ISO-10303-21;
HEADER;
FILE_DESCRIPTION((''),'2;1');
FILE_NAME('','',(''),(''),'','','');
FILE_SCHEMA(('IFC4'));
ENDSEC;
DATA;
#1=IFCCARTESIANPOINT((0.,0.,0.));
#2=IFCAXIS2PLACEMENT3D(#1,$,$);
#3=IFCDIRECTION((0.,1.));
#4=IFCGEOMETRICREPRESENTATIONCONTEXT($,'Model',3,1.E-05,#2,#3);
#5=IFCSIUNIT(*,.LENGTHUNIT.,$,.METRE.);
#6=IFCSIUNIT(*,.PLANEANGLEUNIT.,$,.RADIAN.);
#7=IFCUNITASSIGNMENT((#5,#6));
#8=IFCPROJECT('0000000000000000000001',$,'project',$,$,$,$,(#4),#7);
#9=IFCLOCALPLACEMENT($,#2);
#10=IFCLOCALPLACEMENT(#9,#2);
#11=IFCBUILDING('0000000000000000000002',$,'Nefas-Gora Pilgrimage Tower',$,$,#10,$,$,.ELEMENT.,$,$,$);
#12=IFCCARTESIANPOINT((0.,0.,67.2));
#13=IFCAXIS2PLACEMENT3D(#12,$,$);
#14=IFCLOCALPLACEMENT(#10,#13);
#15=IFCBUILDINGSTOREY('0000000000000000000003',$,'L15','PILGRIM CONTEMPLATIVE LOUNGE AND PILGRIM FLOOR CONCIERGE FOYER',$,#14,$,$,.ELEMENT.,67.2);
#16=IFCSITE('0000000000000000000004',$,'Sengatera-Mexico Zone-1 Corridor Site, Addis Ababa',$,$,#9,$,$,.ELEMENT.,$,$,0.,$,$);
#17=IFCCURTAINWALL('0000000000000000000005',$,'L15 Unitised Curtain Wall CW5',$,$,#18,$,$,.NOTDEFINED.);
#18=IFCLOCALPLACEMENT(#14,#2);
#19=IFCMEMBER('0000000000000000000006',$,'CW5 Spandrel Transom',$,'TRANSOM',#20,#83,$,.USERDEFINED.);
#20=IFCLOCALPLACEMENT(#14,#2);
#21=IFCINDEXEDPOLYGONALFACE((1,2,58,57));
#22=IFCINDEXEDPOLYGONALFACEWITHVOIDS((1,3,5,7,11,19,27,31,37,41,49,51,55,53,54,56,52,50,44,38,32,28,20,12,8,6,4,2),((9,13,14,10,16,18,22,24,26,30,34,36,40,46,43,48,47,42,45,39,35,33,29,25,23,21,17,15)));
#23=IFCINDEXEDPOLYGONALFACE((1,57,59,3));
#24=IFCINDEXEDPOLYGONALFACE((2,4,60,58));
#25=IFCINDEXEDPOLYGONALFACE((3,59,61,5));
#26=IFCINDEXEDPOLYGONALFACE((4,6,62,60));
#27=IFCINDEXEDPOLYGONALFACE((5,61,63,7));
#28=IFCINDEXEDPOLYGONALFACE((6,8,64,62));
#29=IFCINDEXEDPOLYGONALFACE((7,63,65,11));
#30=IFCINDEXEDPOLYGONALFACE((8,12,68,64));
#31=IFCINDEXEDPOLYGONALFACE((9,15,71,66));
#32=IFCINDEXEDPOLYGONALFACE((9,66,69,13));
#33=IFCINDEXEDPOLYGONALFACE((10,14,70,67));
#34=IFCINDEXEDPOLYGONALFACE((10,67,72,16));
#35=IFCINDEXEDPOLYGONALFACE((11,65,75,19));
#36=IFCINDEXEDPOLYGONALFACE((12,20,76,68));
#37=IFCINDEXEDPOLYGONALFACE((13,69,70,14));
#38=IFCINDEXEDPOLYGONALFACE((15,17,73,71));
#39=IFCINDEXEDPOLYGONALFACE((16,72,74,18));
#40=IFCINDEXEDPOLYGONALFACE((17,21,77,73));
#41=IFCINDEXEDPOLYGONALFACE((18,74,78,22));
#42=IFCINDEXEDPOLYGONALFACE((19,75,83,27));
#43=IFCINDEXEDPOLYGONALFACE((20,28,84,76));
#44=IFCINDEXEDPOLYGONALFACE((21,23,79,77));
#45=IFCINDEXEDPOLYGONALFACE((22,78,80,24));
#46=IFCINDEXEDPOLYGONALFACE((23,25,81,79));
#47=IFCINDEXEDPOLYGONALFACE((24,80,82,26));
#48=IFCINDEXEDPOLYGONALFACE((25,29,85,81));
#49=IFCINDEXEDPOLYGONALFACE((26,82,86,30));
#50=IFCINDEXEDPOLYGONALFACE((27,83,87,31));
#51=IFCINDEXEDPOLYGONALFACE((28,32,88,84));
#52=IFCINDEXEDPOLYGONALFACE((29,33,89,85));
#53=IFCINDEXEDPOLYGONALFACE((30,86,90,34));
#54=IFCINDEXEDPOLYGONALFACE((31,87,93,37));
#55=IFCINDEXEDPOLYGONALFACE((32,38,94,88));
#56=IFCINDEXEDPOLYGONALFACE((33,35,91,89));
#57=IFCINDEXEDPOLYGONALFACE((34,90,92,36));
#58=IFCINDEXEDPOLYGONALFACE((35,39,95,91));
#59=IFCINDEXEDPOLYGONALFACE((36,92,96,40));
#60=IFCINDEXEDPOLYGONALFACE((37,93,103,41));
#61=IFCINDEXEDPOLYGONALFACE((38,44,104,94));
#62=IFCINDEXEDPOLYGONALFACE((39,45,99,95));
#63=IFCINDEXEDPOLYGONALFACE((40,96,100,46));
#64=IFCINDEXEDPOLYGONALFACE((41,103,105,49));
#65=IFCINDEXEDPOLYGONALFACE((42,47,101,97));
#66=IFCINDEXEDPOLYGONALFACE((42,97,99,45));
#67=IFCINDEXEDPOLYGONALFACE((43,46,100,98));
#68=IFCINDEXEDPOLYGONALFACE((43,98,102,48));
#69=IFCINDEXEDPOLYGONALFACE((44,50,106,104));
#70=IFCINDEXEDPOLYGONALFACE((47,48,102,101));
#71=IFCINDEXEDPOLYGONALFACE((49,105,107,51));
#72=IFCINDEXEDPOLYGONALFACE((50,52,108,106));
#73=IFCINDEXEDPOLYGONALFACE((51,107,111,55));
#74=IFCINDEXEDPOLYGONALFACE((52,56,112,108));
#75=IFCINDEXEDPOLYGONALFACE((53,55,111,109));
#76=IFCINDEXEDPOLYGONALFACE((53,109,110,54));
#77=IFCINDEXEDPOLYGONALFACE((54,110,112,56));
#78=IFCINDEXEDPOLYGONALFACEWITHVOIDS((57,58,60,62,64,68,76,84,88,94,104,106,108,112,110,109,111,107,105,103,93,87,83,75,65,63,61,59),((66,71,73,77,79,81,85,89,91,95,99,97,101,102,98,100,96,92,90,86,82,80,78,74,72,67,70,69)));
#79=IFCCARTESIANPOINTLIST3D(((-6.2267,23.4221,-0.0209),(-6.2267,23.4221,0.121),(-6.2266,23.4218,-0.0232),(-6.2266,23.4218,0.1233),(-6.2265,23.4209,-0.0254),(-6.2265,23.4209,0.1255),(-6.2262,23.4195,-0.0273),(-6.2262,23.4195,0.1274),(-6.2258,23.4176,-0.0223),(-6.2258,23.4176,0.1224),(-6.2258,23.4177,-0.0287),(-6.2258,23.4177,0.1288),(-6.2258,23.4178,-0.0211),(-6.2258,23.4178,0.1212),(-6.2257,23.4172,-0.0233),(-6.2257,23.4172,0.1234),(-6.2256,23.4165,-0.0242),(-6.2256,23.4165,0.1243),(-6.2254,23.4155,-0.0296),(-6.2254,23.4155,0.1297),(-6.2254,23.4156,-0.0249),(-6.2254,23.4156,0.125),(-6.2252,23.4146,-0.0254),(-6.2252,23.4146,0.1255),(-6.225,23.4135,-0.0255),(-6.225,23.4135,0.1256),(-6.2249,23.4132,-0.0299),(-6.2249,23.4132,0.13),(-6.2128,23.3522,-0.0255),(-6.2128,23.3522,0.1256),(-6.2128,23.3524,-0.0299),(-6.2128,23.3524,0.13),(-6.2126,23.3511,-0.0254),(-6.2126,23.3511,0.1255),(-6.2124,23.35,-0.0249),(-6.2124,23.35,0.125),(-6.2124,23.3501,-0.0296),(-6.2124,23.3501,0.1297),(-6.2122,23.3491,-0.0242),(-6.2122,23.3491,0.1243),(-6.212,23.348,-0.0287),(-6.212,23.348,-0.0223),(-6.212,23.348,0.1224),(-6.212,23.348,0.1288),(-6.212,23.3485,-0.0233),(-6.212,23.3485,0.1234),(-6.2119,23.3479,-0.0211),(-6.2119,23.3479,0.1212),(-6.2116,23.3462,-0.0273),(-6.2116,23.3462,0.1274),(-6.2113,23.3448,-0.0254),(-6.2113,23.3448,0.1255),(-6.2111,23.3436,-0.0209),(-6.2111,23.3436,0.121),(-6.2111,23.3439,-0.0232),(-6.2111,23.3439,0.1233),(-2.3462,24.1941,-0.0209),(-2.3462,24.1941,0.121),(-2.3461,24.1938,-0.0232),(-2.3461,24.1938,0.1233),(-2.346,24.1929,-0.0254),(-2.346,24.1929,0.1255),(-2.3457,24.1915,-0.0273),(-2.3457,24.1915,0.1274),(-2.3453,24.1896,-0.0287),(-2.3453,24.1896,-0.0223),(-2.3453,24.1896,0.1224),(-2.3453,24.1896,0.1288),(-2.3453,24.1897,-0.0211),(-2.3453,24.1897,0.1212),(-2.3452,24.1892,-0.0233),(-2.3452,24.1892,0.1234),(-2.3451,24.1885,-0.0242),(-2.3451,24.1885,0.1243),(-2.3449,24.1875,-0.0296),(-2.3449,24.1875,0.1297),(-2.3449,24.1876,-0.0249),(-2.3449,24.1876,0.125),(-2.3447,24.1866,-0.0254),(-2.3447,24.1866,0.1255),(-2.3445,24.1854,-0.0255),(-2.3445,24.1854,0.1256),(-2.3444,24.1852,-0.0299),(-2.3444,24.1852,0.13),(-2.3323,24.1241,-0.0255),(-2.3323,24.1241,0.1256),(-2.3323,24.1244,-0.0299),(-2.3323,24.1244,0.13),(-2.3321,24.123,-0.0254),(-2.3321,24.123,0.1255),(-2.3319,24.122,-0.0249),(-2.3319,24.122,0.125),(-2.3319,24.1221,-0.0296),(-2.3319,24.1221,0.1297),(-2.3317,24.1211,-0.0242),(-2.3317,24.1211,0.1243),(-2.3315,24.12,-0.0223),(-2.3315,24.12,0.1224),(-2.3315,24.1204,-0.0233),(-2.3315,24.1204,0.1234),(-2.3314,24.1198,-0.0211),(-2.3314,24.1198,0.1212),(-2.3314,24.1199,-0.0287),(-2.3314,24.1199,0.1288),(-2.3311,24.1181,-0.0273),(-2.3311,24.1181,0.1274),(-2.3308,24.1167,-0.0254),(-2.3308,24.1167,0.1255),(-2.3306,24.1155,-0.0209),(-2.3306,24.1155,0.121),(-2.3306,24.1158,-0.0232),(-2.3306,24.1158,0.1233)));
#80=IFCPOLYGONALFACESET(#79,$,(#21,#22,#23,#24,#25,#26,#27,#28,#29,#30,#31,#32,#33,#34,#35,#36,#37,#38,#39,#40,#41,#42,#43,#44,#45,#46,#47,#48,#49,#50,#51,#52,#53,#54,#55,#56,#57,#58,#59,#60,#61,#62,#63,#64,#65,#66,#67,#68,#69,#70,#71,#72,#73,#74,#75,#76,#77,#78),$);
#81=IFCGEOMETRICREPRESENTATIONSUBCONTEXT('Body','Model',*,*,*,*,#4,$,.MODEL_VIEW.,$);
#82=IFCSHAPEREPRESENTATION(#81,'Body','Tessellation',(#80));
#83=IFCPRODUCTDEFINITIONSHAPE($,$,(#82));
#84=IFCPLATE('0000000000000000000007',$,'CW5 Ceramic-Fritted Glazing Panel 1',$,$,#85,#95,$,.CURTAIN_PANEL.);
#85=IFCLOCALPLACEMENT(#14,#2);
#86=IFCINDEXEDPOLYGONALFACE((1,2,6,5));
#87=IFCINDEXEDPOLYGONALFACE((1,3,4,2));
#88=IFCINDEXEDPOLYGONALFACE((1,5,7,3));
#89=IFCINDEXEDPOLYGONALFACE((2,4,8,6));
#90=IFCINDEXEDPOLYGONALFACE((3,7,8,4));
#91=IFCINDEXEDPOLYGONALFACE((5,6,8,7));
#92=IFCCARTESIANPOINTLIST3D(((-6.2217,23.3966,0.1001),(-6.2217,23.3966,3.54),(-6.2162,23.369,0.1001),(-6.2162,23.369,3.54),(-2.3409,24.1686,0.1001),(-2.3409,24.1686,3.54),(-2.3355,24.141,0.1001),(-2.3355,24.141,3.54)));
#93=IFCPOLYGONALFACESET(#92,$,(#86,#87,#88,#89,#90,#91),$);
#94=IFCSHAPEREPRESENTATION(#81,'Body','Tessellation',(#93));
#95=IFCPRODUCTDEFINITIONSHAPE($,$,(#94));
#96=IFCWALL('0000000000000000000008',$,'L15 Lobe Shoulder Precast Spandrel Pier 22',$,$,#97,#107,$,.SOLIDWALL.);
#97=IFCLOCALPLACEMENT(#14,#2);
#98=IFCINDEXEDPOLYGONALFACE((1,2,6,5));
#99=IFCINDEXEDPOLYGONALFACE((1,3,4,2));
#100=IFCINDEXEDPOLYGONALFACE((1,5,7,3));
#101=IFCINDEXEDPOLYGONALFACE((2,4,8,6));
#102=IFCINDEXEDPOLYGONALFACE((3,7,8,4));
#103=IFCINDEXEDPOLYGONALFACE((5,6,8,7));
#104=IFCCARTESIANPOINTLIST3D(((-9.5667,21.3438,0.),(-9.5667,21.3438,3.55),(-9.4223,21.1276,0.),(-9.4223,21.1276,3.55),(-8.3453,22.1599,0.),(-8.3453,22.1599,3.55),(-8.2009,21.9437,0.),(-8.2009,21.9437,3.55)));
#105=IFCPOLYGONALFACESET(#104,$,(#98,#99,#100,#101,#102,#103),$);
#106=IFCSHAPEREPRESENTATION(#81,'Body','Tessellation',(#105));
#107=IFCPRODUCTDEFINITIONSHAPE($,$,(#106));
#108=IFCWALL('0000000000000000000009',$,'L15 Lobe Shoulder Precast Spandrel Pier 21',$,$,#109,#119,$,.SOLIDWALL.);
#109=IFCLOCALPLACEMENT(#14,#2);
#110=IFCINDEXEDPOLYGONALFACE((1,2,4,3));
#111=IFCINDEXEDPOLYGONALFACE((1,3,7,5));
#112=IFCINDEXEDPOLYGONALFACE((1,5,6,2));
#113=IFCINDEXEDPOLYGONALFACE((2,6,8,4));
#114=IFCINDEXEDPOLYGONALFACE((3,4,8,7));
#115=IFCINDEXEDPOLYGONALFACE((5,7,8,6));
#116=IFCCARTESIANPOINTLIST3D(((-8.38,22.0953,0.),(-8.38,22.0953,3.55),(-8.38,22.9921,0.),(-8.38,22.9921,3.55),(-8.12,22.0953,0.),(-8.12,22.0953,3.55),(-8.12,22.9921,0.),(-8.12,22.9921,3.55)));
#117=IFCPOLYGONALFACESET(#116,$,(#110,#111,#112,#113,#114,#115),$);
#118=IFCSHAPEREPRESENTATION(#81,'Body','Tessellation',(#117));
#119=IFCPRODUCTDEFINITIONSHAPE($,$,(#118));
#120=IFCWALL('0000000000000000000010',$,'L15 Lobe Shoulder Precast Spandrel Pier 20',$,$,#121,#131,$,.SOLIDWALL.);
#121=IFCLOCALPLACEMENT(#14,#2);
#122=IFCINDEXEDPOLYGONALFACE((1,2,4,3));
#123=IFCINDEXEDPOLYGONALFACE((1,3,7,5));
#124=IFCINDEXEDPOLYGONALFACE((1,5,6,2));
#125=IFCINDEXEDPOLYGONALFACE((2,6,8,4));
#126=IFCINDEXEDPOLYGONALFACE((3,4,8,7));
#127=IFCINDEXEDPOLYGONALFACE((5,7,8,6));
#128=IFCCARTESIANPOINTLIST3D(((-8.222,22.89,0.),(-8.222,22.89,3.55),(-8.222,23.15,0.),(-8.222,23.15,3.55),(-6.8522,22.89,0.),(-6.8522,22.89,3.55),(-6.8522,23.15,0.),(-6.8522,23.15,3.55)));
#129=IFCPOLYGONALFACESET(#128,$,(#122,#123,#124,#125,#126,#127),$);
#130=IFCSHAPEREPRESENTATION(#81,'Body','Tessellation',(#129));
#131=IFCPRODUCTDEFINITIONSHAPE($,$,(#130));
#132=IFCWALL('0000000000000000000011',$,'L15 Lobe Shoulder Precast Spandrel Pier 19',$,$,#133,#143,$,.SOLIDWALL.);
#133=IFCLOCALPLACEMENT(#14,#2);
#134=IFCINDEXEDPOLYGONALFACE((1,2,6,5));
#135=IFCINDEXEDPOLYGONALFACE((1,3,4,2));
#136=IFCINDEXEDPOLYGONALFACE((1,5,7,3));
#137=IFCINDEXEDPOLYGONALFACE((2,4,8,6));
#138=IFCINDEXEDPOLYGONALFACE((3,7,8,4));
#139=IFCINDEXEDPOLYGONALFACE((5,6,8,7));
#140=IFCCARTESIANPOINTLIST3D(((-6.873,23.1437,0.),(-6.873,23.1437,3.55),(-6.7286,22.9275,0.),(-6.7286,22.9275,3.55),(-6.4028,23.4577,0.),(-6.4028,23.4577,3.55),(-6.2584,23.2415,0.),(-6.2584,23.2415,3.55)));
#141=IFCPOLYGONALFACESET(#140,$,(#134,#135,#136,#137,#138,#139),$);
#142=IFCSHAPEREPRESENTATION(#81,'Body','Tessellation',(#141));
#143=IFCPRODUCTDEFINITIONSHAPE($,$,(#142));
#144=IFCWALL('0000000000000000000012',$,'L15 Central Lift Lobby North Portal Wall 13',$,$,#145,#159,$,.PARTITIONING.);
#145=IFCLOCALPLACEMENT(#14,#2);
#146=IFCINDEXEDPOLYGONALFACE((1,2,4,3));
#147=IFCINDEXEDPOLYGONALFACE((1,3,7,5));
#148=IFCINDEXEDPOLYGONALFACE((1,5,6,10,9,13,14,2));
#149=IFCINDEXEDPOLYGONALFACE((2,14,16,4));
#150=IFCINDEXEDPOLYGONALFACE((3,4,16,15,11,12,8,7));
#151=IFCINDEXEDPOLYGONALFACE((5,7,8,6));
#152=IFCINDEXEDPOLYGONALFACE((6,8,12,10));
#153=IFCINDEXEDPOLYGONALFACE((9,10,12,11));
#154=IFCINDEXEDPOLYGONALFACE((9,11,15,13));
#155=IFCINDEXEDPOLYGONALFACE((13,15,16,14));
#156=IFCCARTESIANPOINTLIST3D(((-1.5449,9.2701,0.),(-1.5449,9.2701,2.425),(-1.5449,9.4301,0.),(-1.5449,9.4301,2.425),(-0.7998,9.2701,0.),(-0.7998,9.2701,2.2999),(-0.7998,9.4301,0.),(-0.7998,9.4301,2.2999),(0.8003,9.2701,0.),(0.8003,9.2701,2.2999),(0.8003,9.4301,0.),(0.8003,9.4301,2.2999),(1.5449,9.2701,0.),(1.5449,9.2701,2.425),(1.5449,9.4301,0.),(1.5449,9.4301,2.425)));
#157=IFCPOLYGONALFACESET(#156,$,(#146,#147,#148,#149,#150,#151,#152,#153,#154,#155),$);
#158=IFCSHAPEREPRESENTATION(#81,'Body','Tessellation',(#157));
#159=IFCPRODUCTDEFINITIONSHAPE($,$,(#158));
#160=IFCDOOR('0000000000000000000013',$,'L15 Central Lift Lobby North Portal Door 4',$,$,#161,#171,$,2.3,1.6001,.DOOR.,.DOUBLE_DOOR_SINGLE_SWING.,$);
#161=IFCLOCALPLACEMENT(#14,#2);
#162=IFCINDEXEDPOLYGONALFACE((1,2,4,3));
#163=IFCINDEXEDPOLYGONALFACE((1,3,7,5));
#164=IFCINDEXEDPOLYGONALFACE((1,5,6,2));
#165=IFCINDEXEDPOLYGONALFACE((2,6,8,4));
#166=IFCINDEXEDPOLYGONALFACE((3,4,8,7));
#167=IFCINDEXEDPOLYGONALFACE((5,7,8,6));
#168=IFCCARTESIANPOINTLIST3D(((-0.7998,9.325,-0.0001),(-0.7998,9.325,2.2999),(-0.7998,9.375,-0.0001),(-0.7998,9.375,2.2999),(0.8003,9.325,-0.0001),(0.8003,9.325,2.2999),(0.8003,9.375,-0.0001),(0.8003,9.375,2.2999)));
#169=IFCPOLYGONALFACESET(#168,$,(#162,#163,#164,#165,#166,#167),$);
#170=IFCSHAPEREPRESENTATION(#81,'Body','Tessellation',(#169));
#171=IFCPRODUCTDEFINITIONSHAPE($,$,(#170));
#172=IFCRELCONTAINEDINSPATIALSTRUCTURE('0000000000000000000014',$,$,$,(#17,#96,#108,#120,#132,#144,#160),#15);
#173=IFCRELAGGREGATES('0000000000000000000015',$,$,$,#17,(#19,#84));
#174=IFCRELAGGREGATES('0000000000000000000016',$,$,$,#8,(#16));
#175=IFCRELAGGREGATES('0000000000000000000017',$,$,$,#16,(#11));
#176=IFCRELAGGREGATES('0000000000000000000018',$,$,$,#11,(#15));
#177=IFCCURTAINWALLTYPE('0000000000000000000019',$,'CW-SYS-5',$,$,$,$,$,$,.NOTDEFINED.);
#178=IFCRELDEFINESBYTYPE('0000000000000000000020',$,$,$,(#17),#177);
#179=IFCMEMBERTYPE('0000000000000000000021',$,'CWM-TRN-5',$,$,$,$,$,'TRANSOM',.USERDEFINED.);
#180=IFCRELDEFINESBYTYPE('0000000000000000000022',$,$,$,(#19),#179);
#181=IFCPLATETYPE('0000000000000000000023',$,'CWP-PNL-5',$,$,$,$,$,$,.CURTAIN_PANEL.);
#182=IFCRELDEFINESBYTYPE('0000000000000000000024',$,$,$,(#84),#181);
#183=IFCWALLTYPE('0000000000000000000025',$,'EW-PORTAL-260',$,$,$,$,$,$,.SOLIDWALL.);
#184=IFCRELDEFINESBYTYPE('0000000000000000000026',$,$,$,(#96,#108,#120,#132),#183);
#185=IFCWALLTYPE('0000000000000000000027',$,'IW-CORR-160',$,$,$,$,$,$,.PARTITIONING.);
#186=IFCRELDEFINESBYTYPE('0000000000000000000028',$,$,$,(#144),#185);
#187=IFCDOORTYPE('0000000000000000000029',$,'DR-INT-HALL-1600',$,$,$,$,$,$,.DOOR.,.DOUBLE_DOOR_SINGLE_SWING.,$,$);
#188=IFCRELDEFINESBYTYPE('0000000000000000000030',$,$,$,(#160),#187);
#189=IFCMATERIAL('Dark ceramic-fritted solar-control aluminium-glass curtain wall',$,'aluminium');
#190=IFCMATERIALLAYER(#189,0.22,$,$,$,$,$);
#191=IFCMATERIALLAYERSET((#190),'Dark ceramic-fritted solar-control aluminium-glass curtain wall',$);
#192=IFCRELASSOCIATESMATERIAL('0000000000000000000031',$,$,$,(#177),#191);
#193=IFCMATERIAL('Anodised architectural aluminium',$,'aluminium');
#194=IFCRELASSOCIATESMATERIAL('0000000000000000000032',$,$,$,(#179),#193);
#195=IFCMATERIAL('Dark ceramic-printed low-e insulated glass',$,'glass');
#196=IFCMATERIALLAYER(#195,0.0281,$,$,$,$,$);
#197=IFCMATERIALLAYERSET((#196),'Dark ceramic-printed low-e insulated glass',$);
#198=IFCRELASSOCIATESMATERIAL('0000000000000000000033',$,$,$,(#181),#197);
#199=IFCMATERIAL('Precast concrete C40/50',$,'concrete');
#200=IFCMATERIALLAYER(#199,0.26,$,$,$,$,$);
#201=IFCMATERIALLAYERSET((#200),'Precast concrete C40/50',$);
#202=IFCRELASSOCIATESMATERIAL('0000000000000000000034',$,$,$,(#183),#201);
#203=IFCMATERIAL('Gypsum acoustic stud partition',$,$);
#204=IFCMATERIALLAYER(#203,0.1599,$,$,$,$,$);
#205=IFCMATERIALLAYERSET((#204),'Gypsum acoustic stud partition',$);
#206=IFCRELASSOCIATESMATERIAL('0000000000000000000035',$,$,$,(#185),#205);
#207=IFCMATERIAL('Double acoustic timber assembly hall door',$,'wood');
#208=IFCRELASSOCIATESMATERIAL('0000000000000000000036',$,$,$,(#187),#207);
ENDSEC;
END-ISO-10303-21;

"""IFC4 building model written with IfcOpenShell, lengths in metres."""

from ifc_helpers import new_model, si_unit, direction, frame, frame_2d, origin, origin_2d, place, context, subcontext, project, spatial, rectangle, hollow_rectangle, extrude, source, transform, mapped, material, layer, layer_set, material_profile, profile_set, type_object, element, fill, aggregate, save


model = new_model("IFC4")

# Units and contexts
model_context = context("Model", 3, precision=1e-05, world=origin(), true_north=direction((0.0, 1.0)))
body_context = subcontext(model_context, "Body", "Model", "MODEL_VIEW")
ifc_project = project(units=[si_unit("LENGTHUNIT", "METRE"), si_unit("PLANEANGLEUNIT", "RADIAN")], contexts=[model_context])

# Site, building, storey
site_placement = place(None, origin())
site = spatial("IfcSite", under=ifc_project, at=site_placement, Name="Sengatera-Mexico Zone-1 Corridor Site, Addis Ababa", CompositionType="ELEMENT", RefElevation=0.0)
building_placement = place(site_placement, origin())
building = spatial("IfcBuilding", under=site, at=building_placement, Name="Nefas-Gora Pilgrimage Tower", CompositionType="ELEMENT")
storey_placement = place(building_placement, frame((0.0, 0.0, 67.2)))
storey = spatial("IfcBuildingStorey", under=building, at=storey_placement, Name="L15", Description="PILGRIM CONTEMPLATIVE LOUNGE AND PILGRIM FLOOR CONCIERGE FOYER", CompositionType="ELEMENT", Elevation=67.2)

# Curtain wall
ifc_material_1 = material(Name="Dark ceramic-fritted solar-control aluminium-glass curtain wall", Category="aluminium")
ifc_layer_1 = layer(ifc_material_1, 0.22)
ifc_layer_set_1 = layer_set([ifc_layer_1], Name="Dark ceramic-fritted solar-control aluminium-glass curtain wall")
curtain_wall_type = type_object("IfcCurtainWallType", Name="CW-SYS-5", PredefinedType="NOTDEFINED", material=ifc_layer_set_1)
curtain_wall_1_placement = place(storey_placement, origin())
curtain_wall_1 = element("IfcCurtainWall", 1, at=curtain_wall_1_placement, inside=storey, type_object=curtain_wall_type, Name="L15 Unitised Curtain Wall CW5", PredefinedType="NOTDEFINED")
ifc_material_2 = material(Name="Anodised architectural aluminium", Category="aluminium")
ifc_material_profile_1 = material_profile(ifc_material_2, hollow_rectangle(XDim=0.0801, YDim=0.1599, WallThickness=0.0044, InnerFilletRadius=0.0044, OuterFilletRadius=0.009, at=origin_2d()), Name="ALU TRANSOM 80x160")
ifc_profile_set_1 = profile_set([ifc_material_profile_1], Name="Anodised architectural aluminium")
member_type_1 = type_object("IfcMemberType", Name="CWM-TRN-5", ElementType="TRANSOM", PredefinedType="USERDEFINED", material=ifc_profile_set_1)

# Member
shared_shape_1 = source(origin(), body_context, "Body", "SweptSolid", [
    extrude(hollow_rectangle(XDim=0.0801, YDim=0.1599, WallThickness=0.0044, InnerFilletRadius=0.0044, OuterFilletRadius=0.009, at=origin_2d()), origin(), (0.0, 0.0, 1.0), 3.9565),
])
member_1_placement = place(storey_placement, frame((-2.3384, 24.1548, 0.05), z_axis=(-0.980782, -0.195107, 0.0), x_axis=(0.195107, -0.980782, 0.0)))
member_1 = element("IfcMember", 2, at=member_1_placement, type_object=member_type_1, Name="CW5 Spandrel Transom", ObjectType="TRANSOM", PredefinedType="USERDEFINED", context=body_context, shape_type="MappedRepresentation", body=[
    mapped(shared_shape_1, transform((0.0, 0.0, 0.0), x_axis=(1.0, 0.0, 0.0), y_axis=(0.0, 1.0, 0.0), z_axis=(0.0, 0.0, 1.0), scale=1.0)),
])

# Plate
ifc_material_3 = material(Name="Dark ceramic-printed low-e insulated glass", Category="glass")
ifc_layer_2 = layer(ifc_material_3, 0.0281)
ifc_layer_set_2 = layer_set([ifc_layer_2], Name="Dark ceramic-printed low-e insulated glass")
plate_type = type_object("IfcPlateType", Name="CWP-PNL-5", PredefinedType="CURTAIN_PANEL", material=ifc_layer_set_2)
shared_shape_2 = source(origin(), body_context, "Body", "SweptSolid", [
    extrude(rectangle(XDim=3.9568, YDim=0.0281, at=origin_2d()), origin(), (0.0, 0.0, 1.0), 3.4399),
])
plate_placement = place(storey_placement, frame((-4.2786, 23.7688, 0.1001), z_axis=(0.0, 0.0, 1.0), x_axis=(-0.980783, -0.195102, 0.0)))
plate = element("IfcPlate", 3, at=plate_placement, type_object=plate_type, Name="CW5 Ceramic-Fritted Glazing Panel 1", PredefinedType="CURTAIN_PANEL", context=body_context, shape_type="MappedRepresentation", body=[
    mapped(shared_shape_2, transform((0.0, 0.0, 0.0), x_axis=(1.0, 0.0, 0.0), y_axis=(0.0, 1.0, 0.0), z_axis=(0.0, 0.0, 1.0), scale=1.0)),
])
aggregate(curtain_wall_1, [member_1, plate])

# Walls
ifc_material_4 = material(Name="Precast concrete C40/50", Category="concrete")
ifc_layer_3 = layer(ifc_material_4, 0.26)
ifc_layer_set_3 = layer_set([ifc_layer_3], Name="Precast concrete C40/50")
wall_type_1 = type_object("IfcWallType", Name="EW-PORTAL-260", PredefinedType="SOLIDWALL", material=ifc_layer_set_3)
shared_shape_3 = source(origin(), body_context, "Body", "SweptSolid", [
    extrude(rectangle(XDim=1.469, YDim=0.26, at=frame_2d((0.7344, 0.0))), origin(), (0.0, 0.0, 1.0), 3.55),
])
wall_1_placement = place(storey_placement, frame((-8.2732, 22.0518, 0.0), z_axis=(0.0, 0.0, 1.0), x_axis=(-0.831462, -0.555582, 0.0)))
element("IfcWall", 4, at=wall_1_placement, inside=storey, type_object=wall_type_1, Name="L15 Lobe Shoulder Precast Spandrel Pier 22", PredefinedType="SOLIDWALL", context=body_context, shape_type="MappedRepresentation", body=[
    mapped(shared_shape_3, transform((0.0, 0.0, 0.0), x_axis=(1.0, 0.0, 0.0), y_axis=(0.0, 1.0, 0.0), z_axis=(0.0, 0.0, 1.0), scale=1.0)),
])
shared_shape_4 = source(origin(), body_context, "Body", "SweptSolid", [
    extrude(rectangle(XDim=0.8967, YDim=0.26, at=frame_2d((0.4482, 0.0))), origin(), (0.0, 0.0, 1.0), 3.55),
])
wall_2_placement = place(storey_placement, frame((-8.25, 22.9919, 0.0), z_axis=(0.0, 0.0, 1.0), x_axis=(0.0, -1.0, 0.0)))
element("IfcWall", 5, at=wall_2_placement, inside=storey, type_object=wall_type_1, Name="L15 Lobe Shoulder Precast Spandrel Pier 21", PredefinedType="SOLIDWALL", context=body_context, shape_type="MappedRepresentation", body=[
    mapped(shared_shape_4, transform((0.0, 0.0, 0.0), x_axis=(1.0, 0.0, 0.0), y_axis=(0.0, 1.0, 0.0), z_axis=(0.0, 0.0, 1.0), scale=1.0)),
])
shared_shape_5 = source(origin(), body_context, "Body", "SweptSolid", [
    extrude(rectangle(XDim=1.3699, YDim=0.26, at=frame_2d((0.6851, 0.0))), origin(), (0.0, 0.0, 1.0), 3.55),
])
wall_3_placement = place(storey_placement, frame((-6.8521, 23.02, 0.0), z_axis=(0.0, 0.0, 1.0), x_axis=(-1.0, 0.0, 0.0)))
element("IfcWall", 6, at=wall_3_placement, inside=storey, type_object=wall_type_1, Name="L15 Lobe Shoulder Precast Spandrel Pier 20", PredefinedType="SOLIDWALL", context=body_context, shape_type="MappedRepresentation", body=[
    mapped(shared_shape_5, transform((0.0, 0.0, 0.0), x_axis=(1.0, 0.0, 0.0), y_axis=(0.0, 1.0, 0.0), z_axis=(0.0, 0.0, 1.0), scale=1.0)),
])
shared_shape_6 = source(origin(), body_context, "Body", "SweptSolid", [
    extrude(rectangle(XDim=0.5654, YDim=0.26, at=frame_2d((0.2827, 0.0))), origin(), (0.0, 0.0, 1.0), 3.55),
])
wall_4_placement = place(storey_placement, frame((-6.3306, 23.3496, 0.0), z_axis=(0.0, 0.0, 1.0), x_axis=(-0.831651, -0.555298, 0.0)))
element("IfcWall", 7, at=wall_4_placement, inside=storey, type_object=wall_type_1, Name="L15 Lobe Shoulder Precast Spandrel Pier 19", PredefinedType="SOLIDWALL", context=body_context, shape_type="MappedRepresentation", body=[
    mapped(shared_shape_6, transform((0.0, 0.0, 0.0), x_axis=(1.0, 0.0, 0.0), y_axis=(0.0, 1.0, 0.0), z_axis=(0.0, 0.0, 1.0), scale=1.0)),
])

# Wall, opening, door
ifc_material_5 = material(Name="Gypsum acoustic stud partition")
ifc_layer_4 = layer(ifc_material_5, 0.1599)
ifc_layer_set_4 = layer_set([ifc_layer_4], Name="Gypsum acoustic stud partition")
wall_type_2 = type_object("IfcWallType", Name="IW-CORR-160", PredefinedType="PARTITIONING", material=ifc_layer_set_4)
shared_shape_7 = source(origin(), body_context, "Body", "SweptSolid", [
    extrude(rectangle(XDim=3.0898, YDim=0.1599, at=frame_2d((1.5449, 0.0))), origin(), (0.0, 0.0, 1.0), 2.425),
])
wall_5_placement = place(storey_placement, frame((-1.5449, 9.3501, 0.0), z_axis=(0.0, 0.0, 1.0), x_axis=(1.0, 0.0, 0.0)))
wall_5 = element("IfcWall", 8, at=wall_5_placement, inside=storey, type_object=wall_type_2, Name="L15 Central Lift Lobby North Portal Wall 13", PredefinedType="PARTITIONING", context=body_context, shape_type="MappedRepresentation", body=[
    mapped(shared_shape_7, transform((0.0, 0.0, 0.0), x_axis=(1.0, 0.0, 0.0), y_axis=(0.0, 1.0, 0.0), z_axis=(0.0, 0.0, 1.0), scale=1.0)),
])
opening_1_placement = place(wall_5_placement, frame((0.7451, 0.0, 0.0)))
opening_1 = element("IfcOpeningElement", 9, at=opening_1_placement, cuts=wall_5, PredefinedType="OPENING", context=body_context, shape_type="SweptSolid", body=[
    extrude(rectangle(XDim=1.6001, YDim=2.3, at=frame_2d((0.8, 1.1499))), frame((0.0, 0.0898, 0.0), z_axis=(0.0, -1.0, 0.0), x_axis=(1.0, 0.0, 0.0)), (0.0, 0.0, 1.0), 0.1799),
])
ifc_material_6 = material(Name="Double acoustic timber assembly hall door", Category="wood")
door_type_1 = type_object("IfcDoorType", Name="DR-INT-HALL-1600", OperationType="DOUBLE_DOOR_SINGLE_SWING", PredefinedType="DOOR", material=ifc_material_6)
shared_shape_8 = source(origin(), body_context, "Body", "SweptSolid", [
    extrude(rectangle(XDim=1.6001, YDim=2.3, at=frame_2d((0.8, 1.1499))), frame((0.0, 0.0249, 0.0), z_axis=(0.0, -1.0, 0.0), x_axis=(1.0, 0.0, 0.0)), (0.0, 0.0, 1.0), 0.05),
])
door_1_placement = place(opening_1_placement, origin())
door_1 = element("IfcDoor", 10, at=door_1_placement, inside=storey, type_object=door_type_1, Name="L15 Central Lift Lobby North Portal Door 4", OperationType="DOUBLE_DOOR_SINGLE_SWING", OverallHeight=2.3, OverallWidth=1.6001, PredefinedType="DOOR", context=body_context, shape_type="MappedRepresentation", body=[
    mapped(shared_shape_8, transform((0.0, 0.0, 0.0), x_axis=(1.0, 0.0, 0.0), y_axis=(0.0, 1.0, 0.0), z_axis=(0.0, 0.0, 1.0), scale=1.0)),
])
fill(opening_1, door_1)

save(model, "model.ifc")
